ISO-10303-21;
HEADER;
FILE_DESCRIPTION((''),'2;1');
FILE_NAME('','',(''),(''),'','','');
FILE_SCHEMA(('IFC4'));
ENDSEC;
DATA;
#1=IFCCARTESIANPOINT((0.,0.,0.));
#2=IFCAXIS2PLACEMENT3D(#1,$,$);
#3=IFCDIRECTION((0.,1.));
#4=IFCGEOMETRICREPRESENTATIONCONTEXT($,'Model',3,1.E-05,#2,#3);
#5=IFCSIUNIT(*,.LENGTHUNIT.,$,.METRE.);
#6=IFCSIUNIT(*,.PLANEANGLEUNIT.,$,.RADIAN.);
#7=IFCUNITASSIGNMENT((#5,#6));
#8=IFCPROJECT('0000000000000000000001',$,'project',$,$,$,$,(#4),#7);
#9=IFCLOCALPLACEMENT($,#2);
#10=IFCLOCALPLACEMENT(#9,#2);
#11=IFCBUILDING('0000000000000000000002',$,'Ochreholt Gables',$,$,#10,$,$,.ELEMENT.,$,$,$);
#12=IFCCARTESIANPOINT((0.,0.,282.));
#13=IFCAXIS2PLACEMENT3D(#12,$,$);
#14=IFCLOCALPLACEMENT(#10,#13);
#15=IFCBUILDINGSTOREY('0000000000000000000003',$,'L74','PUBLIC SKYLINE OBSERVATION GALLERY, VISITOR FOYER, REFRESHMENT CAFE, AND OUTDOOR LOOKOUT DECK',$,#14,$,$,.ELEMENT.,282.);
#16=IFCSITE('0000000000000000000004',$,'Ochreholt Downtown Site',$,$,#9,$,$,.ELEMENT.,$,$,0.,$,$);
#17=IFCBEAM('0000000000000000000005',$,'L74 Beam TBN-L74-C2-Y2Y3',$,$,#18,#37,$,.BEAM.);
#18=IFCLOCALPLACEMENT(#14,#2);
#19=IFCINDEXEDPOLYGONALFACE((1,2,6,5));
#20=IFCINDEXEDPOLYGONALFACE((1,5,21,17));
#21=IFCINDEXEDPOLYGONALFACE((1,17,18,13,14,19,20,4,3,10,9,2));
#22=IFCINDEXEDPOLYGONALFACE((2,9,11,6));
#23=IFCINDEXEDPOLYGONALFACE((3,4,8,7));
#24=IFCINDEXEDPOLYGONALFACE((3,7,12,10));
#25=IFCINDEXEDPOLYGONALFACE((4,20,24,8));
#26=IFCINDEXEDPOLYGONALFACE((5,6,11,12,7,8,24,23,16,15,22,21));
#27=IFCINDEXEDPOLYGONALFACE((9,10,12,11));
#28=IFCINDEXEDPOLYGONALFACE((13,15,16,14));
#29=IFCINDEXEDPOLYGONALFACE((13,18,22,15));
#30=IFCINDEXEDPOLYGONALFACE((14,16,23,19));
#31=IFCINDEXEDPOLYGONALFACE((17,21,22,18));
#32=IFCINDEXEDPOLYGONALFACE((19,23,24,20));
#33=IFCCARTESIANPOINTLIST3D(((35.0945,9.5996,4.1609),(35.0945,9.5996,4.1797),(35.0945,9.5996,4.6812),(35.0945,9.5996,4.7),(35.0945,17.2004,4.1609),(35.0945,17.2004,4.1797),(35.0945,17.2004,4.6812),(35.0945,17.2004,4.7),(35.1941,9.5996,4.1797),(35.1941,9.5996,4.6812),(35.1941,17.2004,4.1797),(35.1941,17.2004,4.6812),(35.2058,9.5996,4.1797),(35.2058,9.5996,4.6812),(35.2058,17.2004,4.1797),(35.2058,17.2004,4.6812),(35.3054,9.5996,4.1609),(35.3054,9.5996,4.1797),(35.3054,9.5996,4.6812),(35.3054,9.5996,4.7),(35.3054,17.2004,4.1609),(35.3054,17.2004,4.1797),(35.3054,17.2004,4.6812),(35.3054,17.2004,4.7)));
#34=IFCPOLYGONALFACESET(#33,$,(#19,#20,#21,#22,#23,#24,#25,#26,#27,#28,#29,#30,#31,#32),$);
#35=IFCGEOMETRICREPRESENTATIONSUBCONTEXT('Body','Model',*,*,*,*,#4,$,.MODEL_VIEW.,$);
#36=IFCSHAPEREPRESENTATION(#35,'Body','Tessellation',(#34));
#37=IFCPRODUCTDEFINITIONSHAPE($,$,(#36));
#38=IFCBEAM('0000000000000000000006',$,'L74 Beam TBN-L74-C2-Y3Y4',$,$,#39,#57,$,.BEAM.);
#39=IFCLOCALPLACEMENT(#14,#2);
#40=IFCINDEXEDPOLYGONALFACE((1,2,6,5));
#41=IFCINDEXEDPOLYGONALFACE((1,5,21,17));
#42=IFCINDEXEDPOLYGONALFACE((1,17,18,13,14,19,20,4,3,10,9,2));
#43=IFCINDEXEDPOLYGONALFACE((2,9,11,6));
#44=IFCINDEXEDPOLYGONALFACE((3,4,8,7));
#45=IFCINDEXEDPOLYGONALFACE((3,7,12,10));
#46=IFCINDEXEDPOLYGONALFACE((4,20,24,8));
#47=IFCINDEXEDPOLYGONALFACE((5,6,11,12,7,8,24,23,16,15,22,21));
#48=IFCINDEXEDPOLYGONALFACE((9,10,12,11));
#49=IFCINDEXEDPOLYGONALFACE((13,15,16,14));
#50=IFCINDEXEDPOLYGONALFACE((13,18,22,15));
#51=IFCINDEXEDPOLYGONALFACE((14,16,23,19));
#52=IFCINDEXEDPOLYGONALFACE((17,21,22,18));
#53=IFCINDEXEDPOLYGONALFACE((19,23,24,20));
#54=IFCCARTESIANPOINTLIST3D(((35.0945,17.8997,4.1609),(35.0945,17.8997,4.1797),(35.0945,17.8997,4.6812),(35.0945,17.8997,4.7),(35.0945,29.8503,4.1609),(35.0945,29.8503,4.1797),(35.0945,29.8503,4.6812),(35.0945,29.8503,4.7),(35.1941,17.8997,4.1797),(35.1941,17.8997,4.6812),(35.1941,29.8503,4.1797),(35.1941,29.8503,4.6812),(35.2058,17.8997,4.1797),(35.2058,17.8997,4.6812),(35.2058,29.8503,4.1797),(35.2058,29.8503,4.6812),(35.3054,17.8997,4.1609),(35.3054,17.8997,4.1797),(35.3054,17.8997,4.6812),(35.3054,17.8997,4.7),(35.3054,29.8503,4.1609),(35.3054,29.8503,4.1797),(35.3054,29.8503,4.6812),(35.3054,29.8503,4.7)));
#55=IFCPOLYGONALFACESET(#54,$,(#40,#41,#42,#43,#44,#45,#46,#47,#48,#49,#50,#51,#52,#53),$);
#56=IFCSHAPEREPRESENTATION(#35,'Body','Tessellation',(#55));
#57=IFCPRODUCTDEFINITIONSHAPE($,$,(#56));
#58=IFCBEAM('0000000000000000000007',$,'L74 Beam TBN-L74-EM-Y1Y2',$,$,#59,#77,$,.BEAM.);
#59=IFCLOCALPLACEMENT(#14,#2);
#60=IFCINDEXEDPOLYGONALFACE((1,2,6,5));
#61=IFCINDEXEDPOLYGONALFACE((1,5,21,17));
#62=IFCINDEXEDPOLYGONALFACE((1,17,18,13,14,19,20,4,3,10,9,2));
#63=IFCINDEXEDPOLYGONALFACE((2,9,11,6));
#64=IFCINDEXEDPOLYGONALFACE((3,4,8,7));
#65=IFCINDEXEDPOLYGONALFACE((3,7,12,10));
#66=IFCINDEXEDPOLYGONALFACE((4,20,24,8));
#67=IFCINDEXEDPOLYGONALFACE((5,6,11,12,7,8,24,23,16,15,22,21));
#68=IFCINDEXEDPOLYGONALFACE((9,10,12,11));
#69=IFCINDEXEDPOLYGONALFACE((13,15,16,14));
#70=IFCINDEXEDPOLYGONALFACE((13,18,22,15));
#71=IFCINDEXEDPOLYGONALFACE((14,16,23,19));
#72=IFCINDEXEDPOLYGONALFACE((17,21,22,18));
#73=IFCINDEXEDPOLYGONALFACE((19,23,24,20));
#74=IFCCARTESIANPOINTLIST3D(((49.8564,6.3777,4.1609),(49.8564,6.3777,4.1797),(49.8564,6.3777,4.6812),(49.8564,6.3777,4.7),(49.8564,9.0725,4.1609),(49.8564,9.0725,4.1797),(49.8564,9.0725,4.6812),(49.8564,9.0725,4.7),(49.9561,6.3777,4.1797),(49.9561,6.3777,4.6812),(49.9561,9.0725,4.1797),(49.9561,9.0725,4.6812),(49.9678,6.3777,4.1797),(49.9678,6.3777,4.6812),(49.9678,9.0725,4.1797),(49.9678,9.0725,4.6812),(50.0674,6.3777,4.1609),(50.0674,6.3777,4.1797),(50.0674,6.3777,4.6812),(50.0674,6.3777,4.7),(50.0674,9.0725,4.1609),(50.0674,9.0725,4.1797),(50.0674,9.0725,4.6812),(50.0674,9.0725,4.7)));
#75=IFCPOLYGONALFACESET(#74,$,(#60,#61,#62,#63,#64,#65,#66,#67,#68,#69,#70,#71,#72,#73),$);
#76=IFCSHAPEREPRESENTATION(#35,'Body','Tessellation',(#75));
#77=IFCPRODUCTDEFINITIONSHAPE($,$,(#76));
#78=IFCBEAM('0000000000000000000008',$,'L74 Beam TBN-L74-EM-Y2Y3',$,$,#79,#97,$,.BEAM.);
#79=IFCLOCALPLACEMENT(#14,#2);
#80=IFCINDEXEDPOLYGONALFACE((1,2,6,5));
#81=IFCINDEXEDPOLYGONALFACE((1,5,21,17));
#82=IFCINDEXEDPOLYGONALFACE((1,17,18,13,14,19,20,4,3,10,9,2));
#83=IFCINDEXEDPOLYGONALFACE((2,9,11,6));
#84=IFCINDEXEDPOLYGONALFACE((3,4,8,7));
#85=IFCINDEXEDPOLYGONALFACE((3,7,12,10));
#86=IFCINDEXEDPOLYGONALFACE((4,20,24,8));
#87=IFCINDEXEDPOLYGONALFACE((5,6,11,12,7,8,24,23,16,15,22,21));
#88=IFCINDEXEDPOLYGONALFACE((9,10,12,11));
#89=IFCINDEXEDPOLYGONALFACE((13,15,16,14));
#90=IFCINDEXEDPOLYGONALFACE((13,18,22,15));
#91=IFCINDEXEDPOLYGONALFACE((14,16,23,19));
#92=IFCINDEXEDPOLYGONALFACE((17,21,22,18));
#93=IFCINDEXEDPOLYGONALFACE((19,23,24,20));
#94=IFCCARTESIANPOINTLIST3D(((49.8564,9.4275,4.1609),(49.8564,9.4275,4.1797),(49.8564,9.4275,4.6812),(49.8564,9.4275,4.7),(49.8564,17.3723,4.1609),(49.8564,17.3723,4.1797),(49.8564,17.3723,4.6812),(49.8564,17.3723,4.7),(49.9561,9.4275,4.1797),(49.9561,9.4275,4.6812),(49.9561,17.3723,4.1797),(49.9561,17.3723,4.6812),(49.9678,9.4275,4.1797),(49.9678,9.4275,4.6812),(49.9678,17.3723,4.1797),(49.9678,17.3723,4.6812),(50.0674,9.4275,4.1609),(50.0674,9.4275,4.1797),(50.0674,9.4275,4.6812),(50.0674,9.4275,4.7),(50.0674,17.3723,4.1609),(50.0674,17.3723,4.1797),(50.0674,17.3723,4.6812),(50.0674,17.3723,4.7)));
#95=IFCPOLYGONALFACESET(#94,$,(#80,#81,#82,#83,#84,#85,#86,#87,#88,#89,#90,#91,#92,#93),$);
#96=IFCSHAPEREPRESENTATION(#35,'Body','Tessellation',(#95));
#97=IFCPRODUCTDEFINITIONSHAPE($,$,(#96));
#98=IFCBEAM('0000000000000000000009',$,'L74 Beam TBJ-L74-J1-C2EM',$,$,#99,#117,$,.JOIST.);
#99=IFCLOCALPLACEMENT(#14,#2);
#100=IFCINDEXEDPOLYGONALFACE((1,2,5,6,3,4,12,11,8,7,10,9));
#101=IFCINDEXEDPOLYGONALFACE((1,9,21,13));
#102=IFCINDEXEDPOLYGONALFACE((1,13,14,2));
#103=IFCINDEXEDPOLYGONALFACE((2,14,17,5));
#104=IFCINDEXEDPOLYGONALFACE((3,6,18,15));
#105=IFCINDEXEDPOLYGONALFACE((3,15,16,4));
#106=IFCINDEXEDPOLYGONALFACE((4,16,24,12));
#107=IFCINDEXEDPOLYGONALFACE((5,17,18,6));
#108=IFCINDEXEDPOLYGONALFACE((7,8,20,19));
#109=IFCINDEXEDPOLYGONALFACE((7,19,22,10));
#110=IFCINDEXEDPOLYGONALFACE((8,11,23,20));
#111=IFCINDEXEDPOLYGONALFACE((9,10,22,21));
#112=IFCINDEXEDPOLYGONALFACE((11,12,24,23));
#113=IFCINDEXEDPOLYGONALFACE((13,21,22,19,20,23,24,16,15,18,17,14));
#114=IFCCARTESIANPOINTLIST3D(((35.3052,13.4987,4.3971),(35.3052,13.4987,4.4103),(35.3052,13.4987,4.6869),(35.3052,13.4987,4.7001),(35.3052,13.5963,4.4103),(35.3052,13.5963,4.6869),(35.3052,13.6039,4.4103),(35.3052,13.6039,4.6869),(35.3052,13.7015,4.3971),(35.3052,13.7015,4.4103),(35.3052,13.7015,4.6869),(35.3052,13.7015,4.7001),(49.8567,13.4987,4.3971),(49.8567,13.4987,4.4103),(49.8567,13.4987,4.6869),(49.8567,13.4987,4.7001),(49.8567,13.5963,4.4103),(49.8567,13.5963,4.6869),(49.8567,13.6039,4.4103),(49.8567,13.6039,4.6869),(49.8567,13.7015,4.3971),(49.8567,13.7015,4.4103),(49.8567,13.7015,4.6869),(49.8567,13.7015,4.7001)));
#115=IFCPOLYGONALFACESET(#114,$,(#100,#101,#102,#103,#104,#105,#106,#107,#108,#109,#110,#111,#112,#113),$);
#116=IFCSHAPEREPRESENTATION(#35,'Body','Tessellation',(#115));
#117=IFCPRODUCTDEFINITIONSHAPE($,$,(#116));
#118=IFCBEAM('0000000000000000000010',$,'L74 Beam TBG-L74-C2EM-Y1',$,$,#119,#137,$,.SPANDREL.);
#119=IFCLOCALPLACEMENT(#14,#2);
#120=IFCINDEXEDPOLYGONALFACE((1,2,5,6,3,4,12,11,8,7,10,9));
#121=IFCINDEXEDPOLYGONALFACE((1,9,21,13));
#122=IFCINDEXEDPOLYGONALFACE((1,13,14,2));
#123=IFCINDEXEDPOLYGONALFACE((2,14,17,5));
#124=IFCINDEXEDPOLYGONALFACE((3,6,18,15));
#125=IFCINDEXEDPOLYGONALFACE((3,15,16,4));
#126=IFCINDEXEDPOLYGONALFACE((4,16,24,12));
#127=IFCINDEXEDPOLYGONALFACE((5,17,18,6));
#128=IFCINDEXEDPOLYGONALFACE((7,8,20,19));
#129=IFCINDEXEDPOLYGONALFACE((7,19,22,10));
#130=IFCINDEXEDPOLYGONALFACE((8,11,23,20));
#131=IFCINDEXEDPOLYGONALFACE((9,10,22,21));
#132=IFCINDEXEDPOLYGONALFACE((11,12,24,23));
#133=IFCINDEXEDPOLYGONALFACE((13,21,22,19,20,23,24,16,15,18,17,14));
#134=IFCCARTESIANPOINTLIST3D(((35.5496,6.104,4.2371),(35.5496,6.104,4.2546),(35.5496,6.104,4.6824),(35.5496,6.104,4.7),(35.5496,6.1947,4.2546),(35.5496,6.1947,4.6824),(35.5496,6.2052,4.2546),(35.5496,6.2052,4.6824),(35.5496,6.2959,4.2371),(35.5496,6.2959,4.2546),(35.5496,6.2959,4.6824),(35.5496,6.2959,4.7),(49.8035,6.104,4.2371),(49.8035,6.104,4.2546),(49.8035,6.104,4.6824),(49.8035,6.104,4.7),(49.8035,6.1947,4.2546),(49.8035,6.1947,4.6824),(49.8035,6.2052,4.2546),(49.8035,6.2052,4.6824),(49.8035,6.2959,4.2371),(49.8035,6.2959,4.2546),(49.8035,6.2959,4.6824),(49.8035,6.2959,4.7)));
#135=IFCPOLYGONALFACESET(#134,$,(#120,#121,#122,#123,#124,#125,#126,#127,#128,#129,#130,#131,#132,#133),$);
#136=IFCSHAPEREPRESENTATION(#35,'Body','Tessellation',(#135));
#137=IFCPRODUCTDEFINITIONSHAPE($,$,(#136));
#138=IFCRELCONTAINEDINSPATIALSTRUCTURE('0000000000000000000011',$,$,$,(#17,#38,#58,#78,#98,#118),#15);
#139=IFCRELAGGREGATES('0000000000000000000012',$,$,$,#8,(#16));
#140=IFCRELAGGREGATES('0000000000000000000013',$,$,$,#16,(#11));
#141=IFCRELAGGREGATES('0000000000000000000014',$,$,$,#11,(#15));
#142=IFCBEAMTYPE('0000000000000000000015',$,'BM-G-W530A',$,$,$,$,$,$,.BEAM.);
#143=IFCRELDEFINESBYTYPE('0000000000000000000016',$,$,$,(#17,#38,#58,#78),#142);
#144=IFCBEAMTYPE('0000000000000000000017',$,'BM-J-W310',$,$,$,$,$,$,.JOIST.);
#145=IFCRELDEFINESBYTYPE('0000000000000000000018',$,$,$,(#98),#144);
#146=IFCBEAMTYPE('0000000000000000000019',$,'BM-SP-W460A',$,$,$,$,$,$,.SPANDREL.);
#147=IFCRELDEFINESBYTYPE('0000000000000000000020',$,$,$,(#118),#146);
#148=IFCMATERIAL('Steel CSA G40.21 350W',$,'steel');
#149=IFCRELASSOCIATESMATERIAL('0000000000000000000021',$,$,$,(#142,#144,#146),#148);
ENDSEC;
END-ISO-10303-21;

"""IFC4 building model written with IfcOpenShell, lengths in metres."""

from ifc_helpers import new_model, si_unit, direction, frame, origin, origin_2d, place, context, subcontext, project, spatial, i_section, extrude, material, material_profile, profile_set, type_object, element, save


model = new_model("IFC4")

# Units and contexts
model_context = context("Model", 3, precision=1e-05, world=origin(), true_north=direction((0.0, 1.0)))
body_context = subcontext(model_context, "Body", "Model", "MODEL_VIEW")
ifc_project = project(units=[si_unit("LENGTHUNIT", "METRE"), si_unit("PLANEANGLEUNIT", "RADIAN")], contexts=[model_context])

# Site, building, storey
site_placement = place(None, origin())
site = spatial("IfcSite", under=ifc_project, at=site_placement, Name="Ochreholt Downtown Site", CompositionType="ELEMENT", RefElevation=0.0)
building_placement = place(site_placement, origin())
building = spatial("IfcBuilding", under=site, at=building_placement, Name="Ochreholt Gables", CompositionType="ELEMENT")
storey_placement = place(building_placement, frame((0.0, 0.0, 282.0)))
storey = spatial("IfcBuildingStorey", under=building, at=storey_placement, Name="L74", Description="PUBLIC SKYLINE OBSERVATION GALLERY, VISITOR FOYER, REFRESHMENT CAFE, AND OUTDOOR LOOKOUT DECK", CompositionType="ELEMENT", Elevation=282.0)

# Shared definitions
ifc_material_1 = material(Name="Steel CSA G40.21 350W", Category="steel")

# Beams
ifc_material_profile_1 = material_profile(ifc_material_1, i_section(OverallWidth=0.2109, OverallDepth=0.5391, WebThickness=0.0117, FlangeThickness=0.0188, at=origin_2d()), Name="W530X109")
ifc_profile_set_1 = profile_set([ifc_material_profile_1], Name="Steel CSA G40.21 350W")
beam_type_1 = type_object("IfcBeamType", Name="BM-G-W530A", PredefinedType="BEAM", material=ifc_profile_set_1)
beam_1_placement = place(storey_placement, frame((35.2, 9.5996, 4.4304), z_axis=(0.0, 1.0, 0.0), x_axis=(-1.0, 0.0, 0.0)))
element("IfcBeam", 1, at=beam_1_placement, inside=storey, type_object=beam_type_1, Name="L74 Beam TBN-L74-C2-Y2Y3", PredefinedType="BEAM", context=body_context, shape_type="SweptSolid", body=[
    extrude(i_section(OverallWidth=0.2109, OverallDepth=0.5391, WebThickness=0.0117, FlangeThickness=0.0188, at=origin_2d()), origin(), (0.0, 0.0, 1.0), 7.6008),
])
beam_2_placement = place(storey_placement, frame((35.2, 17.8997, 4.4304), z_axis=(0.0, 1.0, 0.0), x_axis=(-1.0, 0.0, 0.0)))
element("IfcBeam", 2, at=beam_2_placement, inside=storey, type_object=beam_type_1, Name="L74 Beam TBN-L74-C2-Y3Y4", PredefinedType="BEAM", context=body_context, shape_type="SweptSolid", body=[
    extrude(i_section(OverallWidth=0.2109, OverallDepth=0.5391, WebThickness=0.0117, FlangeThickness=0.0188, at=origin_2d()), origin(), (0.0, 0.0, 1.0), 11.9507),
])
beam_3_placement = place(storey_placement, frame((49.9619, 6.3777, 4.4304), z_axis=(0.0, 1.0, 0.0), x_axis=(-1.0, 0.0, 0.0)))
element("IfcBeam", 3, at=beam_3_placement, inside=storey, type_object=beam_type_1, Name="L74 Beam TBN-L74-EM-Y1Y2", PredefinedType="BEAM", context=body_context, shape_type="SweptSolid", body=[
    extrude(i_section(OverallWidth=0.2109, OverallDepth=0.5391, WebThickness=0.0117, FlangeThickness=0.0188, at=origin_2d()), origin(), (0.0, 0.0, 1.0), 2.6948),
])
beam_4_placement = place(storey_placement, frame((49.9619, 9.4275, 4.4304), z_axis=(0.0, 1.0, 0.0), x_axis=(-1.0, 0.0, 0.0)))
element("IfcBeam", 4, at=beam_4_placement, inside=storey, type_object=beam_type_1, Name="L74 Beam TBN-L74-EM-Y2Y3", PredefinedType="BEAM", context=body_context, shape_type="SweptSolid", body=[
    extrude(i_section(OverallWidth=0.2109, OverallDepth=0.5391, WebThickness=0.0117, FlangeThickness=0.0188, at=origin_2d()), origin(), (0.0, 0.0, 1.0), 7.9448),
])
ifc_material_profile_2 = material_profile(ifc_material_1, i_section(OverallWidth=0.2029, OverallDepth=0.303, WebThickness=0.0076, FlangeThickness=0.0132, at=origin_2d()), Name="W310X60")
ifc_profile_set_2 = profile_set([ifc_material_profile_2], Name="Steel CSA G40.21 350W")
beam_type_2 = type_object("IfcBeamType", Name="BM-J-W310", PredefinedType="JOIST", material=ifc_profile_set_2)
beam_5_placement = place(storey_placement, frame((35.3052, 13.6001, 4.5486), z_axis=(1.0, 0.0, 0.0), x_axis=(0.0, 1.0, 0.0)))
element("IfcBeam", 5, at=beam_5_placement, inside=storey, type_object=beam_type_2, Name="L74 Beam TBJ-L74-J1-C2EM", PredefinedType="JOIST", context=body_context, shape_type="SweptSolid", body=[
    extrude(i_section(OverallWidth=0.2029, OverallDepth=0.303, WebThickness=0.0076, FlangeThickness=0.0132, at=origin_2d()), origin(), (0.0, 0.0, 1.0), 14.5515),
])
ifc_material_profile_3 = material_profile(ifc_material_1, i_section(OverallWidth=0.1919, OverallDepth=0.4629, WebThickness=0.0105, FlangeThickness=0.0176, at=origin_2d()), Name="W460X89")
ifc_profile_set_3 = profile_set([ifc_material_profile_3], Name="Steel CSA G40.21 350W")
beam_type_3 = type_object("IfcBeamType", Name="BM-SP-W460A", PredefinedType="SPANDREL", material=ifc_profile_set_3)
beam_6_placement = place(storey_placement, frame((35.5496, 6.2, 4.4685), z_axis=(1.0, 0.0, 0.0), x_axis=(0.0, 1.0, 0.0)))
element("IfcBeam", 6, at=beam_6_placement, inside=storey, type_object=beam_type_3, Name="L74 Beam TBG-L74-C2EM-Y1", PredefinedType="SPANDREL", context=body_context, shape_type="SweptSolid", body=[
    extrude(i_section(OverallWidth=0.1919, OverallDepth=0.4629, WebThickness=0.0105, FlangeThickness=0.0176, at=origin_2d()), origin(), (0.0, 0.0, 1.0), 14.2539),
])

save(model, "model.ifc")
